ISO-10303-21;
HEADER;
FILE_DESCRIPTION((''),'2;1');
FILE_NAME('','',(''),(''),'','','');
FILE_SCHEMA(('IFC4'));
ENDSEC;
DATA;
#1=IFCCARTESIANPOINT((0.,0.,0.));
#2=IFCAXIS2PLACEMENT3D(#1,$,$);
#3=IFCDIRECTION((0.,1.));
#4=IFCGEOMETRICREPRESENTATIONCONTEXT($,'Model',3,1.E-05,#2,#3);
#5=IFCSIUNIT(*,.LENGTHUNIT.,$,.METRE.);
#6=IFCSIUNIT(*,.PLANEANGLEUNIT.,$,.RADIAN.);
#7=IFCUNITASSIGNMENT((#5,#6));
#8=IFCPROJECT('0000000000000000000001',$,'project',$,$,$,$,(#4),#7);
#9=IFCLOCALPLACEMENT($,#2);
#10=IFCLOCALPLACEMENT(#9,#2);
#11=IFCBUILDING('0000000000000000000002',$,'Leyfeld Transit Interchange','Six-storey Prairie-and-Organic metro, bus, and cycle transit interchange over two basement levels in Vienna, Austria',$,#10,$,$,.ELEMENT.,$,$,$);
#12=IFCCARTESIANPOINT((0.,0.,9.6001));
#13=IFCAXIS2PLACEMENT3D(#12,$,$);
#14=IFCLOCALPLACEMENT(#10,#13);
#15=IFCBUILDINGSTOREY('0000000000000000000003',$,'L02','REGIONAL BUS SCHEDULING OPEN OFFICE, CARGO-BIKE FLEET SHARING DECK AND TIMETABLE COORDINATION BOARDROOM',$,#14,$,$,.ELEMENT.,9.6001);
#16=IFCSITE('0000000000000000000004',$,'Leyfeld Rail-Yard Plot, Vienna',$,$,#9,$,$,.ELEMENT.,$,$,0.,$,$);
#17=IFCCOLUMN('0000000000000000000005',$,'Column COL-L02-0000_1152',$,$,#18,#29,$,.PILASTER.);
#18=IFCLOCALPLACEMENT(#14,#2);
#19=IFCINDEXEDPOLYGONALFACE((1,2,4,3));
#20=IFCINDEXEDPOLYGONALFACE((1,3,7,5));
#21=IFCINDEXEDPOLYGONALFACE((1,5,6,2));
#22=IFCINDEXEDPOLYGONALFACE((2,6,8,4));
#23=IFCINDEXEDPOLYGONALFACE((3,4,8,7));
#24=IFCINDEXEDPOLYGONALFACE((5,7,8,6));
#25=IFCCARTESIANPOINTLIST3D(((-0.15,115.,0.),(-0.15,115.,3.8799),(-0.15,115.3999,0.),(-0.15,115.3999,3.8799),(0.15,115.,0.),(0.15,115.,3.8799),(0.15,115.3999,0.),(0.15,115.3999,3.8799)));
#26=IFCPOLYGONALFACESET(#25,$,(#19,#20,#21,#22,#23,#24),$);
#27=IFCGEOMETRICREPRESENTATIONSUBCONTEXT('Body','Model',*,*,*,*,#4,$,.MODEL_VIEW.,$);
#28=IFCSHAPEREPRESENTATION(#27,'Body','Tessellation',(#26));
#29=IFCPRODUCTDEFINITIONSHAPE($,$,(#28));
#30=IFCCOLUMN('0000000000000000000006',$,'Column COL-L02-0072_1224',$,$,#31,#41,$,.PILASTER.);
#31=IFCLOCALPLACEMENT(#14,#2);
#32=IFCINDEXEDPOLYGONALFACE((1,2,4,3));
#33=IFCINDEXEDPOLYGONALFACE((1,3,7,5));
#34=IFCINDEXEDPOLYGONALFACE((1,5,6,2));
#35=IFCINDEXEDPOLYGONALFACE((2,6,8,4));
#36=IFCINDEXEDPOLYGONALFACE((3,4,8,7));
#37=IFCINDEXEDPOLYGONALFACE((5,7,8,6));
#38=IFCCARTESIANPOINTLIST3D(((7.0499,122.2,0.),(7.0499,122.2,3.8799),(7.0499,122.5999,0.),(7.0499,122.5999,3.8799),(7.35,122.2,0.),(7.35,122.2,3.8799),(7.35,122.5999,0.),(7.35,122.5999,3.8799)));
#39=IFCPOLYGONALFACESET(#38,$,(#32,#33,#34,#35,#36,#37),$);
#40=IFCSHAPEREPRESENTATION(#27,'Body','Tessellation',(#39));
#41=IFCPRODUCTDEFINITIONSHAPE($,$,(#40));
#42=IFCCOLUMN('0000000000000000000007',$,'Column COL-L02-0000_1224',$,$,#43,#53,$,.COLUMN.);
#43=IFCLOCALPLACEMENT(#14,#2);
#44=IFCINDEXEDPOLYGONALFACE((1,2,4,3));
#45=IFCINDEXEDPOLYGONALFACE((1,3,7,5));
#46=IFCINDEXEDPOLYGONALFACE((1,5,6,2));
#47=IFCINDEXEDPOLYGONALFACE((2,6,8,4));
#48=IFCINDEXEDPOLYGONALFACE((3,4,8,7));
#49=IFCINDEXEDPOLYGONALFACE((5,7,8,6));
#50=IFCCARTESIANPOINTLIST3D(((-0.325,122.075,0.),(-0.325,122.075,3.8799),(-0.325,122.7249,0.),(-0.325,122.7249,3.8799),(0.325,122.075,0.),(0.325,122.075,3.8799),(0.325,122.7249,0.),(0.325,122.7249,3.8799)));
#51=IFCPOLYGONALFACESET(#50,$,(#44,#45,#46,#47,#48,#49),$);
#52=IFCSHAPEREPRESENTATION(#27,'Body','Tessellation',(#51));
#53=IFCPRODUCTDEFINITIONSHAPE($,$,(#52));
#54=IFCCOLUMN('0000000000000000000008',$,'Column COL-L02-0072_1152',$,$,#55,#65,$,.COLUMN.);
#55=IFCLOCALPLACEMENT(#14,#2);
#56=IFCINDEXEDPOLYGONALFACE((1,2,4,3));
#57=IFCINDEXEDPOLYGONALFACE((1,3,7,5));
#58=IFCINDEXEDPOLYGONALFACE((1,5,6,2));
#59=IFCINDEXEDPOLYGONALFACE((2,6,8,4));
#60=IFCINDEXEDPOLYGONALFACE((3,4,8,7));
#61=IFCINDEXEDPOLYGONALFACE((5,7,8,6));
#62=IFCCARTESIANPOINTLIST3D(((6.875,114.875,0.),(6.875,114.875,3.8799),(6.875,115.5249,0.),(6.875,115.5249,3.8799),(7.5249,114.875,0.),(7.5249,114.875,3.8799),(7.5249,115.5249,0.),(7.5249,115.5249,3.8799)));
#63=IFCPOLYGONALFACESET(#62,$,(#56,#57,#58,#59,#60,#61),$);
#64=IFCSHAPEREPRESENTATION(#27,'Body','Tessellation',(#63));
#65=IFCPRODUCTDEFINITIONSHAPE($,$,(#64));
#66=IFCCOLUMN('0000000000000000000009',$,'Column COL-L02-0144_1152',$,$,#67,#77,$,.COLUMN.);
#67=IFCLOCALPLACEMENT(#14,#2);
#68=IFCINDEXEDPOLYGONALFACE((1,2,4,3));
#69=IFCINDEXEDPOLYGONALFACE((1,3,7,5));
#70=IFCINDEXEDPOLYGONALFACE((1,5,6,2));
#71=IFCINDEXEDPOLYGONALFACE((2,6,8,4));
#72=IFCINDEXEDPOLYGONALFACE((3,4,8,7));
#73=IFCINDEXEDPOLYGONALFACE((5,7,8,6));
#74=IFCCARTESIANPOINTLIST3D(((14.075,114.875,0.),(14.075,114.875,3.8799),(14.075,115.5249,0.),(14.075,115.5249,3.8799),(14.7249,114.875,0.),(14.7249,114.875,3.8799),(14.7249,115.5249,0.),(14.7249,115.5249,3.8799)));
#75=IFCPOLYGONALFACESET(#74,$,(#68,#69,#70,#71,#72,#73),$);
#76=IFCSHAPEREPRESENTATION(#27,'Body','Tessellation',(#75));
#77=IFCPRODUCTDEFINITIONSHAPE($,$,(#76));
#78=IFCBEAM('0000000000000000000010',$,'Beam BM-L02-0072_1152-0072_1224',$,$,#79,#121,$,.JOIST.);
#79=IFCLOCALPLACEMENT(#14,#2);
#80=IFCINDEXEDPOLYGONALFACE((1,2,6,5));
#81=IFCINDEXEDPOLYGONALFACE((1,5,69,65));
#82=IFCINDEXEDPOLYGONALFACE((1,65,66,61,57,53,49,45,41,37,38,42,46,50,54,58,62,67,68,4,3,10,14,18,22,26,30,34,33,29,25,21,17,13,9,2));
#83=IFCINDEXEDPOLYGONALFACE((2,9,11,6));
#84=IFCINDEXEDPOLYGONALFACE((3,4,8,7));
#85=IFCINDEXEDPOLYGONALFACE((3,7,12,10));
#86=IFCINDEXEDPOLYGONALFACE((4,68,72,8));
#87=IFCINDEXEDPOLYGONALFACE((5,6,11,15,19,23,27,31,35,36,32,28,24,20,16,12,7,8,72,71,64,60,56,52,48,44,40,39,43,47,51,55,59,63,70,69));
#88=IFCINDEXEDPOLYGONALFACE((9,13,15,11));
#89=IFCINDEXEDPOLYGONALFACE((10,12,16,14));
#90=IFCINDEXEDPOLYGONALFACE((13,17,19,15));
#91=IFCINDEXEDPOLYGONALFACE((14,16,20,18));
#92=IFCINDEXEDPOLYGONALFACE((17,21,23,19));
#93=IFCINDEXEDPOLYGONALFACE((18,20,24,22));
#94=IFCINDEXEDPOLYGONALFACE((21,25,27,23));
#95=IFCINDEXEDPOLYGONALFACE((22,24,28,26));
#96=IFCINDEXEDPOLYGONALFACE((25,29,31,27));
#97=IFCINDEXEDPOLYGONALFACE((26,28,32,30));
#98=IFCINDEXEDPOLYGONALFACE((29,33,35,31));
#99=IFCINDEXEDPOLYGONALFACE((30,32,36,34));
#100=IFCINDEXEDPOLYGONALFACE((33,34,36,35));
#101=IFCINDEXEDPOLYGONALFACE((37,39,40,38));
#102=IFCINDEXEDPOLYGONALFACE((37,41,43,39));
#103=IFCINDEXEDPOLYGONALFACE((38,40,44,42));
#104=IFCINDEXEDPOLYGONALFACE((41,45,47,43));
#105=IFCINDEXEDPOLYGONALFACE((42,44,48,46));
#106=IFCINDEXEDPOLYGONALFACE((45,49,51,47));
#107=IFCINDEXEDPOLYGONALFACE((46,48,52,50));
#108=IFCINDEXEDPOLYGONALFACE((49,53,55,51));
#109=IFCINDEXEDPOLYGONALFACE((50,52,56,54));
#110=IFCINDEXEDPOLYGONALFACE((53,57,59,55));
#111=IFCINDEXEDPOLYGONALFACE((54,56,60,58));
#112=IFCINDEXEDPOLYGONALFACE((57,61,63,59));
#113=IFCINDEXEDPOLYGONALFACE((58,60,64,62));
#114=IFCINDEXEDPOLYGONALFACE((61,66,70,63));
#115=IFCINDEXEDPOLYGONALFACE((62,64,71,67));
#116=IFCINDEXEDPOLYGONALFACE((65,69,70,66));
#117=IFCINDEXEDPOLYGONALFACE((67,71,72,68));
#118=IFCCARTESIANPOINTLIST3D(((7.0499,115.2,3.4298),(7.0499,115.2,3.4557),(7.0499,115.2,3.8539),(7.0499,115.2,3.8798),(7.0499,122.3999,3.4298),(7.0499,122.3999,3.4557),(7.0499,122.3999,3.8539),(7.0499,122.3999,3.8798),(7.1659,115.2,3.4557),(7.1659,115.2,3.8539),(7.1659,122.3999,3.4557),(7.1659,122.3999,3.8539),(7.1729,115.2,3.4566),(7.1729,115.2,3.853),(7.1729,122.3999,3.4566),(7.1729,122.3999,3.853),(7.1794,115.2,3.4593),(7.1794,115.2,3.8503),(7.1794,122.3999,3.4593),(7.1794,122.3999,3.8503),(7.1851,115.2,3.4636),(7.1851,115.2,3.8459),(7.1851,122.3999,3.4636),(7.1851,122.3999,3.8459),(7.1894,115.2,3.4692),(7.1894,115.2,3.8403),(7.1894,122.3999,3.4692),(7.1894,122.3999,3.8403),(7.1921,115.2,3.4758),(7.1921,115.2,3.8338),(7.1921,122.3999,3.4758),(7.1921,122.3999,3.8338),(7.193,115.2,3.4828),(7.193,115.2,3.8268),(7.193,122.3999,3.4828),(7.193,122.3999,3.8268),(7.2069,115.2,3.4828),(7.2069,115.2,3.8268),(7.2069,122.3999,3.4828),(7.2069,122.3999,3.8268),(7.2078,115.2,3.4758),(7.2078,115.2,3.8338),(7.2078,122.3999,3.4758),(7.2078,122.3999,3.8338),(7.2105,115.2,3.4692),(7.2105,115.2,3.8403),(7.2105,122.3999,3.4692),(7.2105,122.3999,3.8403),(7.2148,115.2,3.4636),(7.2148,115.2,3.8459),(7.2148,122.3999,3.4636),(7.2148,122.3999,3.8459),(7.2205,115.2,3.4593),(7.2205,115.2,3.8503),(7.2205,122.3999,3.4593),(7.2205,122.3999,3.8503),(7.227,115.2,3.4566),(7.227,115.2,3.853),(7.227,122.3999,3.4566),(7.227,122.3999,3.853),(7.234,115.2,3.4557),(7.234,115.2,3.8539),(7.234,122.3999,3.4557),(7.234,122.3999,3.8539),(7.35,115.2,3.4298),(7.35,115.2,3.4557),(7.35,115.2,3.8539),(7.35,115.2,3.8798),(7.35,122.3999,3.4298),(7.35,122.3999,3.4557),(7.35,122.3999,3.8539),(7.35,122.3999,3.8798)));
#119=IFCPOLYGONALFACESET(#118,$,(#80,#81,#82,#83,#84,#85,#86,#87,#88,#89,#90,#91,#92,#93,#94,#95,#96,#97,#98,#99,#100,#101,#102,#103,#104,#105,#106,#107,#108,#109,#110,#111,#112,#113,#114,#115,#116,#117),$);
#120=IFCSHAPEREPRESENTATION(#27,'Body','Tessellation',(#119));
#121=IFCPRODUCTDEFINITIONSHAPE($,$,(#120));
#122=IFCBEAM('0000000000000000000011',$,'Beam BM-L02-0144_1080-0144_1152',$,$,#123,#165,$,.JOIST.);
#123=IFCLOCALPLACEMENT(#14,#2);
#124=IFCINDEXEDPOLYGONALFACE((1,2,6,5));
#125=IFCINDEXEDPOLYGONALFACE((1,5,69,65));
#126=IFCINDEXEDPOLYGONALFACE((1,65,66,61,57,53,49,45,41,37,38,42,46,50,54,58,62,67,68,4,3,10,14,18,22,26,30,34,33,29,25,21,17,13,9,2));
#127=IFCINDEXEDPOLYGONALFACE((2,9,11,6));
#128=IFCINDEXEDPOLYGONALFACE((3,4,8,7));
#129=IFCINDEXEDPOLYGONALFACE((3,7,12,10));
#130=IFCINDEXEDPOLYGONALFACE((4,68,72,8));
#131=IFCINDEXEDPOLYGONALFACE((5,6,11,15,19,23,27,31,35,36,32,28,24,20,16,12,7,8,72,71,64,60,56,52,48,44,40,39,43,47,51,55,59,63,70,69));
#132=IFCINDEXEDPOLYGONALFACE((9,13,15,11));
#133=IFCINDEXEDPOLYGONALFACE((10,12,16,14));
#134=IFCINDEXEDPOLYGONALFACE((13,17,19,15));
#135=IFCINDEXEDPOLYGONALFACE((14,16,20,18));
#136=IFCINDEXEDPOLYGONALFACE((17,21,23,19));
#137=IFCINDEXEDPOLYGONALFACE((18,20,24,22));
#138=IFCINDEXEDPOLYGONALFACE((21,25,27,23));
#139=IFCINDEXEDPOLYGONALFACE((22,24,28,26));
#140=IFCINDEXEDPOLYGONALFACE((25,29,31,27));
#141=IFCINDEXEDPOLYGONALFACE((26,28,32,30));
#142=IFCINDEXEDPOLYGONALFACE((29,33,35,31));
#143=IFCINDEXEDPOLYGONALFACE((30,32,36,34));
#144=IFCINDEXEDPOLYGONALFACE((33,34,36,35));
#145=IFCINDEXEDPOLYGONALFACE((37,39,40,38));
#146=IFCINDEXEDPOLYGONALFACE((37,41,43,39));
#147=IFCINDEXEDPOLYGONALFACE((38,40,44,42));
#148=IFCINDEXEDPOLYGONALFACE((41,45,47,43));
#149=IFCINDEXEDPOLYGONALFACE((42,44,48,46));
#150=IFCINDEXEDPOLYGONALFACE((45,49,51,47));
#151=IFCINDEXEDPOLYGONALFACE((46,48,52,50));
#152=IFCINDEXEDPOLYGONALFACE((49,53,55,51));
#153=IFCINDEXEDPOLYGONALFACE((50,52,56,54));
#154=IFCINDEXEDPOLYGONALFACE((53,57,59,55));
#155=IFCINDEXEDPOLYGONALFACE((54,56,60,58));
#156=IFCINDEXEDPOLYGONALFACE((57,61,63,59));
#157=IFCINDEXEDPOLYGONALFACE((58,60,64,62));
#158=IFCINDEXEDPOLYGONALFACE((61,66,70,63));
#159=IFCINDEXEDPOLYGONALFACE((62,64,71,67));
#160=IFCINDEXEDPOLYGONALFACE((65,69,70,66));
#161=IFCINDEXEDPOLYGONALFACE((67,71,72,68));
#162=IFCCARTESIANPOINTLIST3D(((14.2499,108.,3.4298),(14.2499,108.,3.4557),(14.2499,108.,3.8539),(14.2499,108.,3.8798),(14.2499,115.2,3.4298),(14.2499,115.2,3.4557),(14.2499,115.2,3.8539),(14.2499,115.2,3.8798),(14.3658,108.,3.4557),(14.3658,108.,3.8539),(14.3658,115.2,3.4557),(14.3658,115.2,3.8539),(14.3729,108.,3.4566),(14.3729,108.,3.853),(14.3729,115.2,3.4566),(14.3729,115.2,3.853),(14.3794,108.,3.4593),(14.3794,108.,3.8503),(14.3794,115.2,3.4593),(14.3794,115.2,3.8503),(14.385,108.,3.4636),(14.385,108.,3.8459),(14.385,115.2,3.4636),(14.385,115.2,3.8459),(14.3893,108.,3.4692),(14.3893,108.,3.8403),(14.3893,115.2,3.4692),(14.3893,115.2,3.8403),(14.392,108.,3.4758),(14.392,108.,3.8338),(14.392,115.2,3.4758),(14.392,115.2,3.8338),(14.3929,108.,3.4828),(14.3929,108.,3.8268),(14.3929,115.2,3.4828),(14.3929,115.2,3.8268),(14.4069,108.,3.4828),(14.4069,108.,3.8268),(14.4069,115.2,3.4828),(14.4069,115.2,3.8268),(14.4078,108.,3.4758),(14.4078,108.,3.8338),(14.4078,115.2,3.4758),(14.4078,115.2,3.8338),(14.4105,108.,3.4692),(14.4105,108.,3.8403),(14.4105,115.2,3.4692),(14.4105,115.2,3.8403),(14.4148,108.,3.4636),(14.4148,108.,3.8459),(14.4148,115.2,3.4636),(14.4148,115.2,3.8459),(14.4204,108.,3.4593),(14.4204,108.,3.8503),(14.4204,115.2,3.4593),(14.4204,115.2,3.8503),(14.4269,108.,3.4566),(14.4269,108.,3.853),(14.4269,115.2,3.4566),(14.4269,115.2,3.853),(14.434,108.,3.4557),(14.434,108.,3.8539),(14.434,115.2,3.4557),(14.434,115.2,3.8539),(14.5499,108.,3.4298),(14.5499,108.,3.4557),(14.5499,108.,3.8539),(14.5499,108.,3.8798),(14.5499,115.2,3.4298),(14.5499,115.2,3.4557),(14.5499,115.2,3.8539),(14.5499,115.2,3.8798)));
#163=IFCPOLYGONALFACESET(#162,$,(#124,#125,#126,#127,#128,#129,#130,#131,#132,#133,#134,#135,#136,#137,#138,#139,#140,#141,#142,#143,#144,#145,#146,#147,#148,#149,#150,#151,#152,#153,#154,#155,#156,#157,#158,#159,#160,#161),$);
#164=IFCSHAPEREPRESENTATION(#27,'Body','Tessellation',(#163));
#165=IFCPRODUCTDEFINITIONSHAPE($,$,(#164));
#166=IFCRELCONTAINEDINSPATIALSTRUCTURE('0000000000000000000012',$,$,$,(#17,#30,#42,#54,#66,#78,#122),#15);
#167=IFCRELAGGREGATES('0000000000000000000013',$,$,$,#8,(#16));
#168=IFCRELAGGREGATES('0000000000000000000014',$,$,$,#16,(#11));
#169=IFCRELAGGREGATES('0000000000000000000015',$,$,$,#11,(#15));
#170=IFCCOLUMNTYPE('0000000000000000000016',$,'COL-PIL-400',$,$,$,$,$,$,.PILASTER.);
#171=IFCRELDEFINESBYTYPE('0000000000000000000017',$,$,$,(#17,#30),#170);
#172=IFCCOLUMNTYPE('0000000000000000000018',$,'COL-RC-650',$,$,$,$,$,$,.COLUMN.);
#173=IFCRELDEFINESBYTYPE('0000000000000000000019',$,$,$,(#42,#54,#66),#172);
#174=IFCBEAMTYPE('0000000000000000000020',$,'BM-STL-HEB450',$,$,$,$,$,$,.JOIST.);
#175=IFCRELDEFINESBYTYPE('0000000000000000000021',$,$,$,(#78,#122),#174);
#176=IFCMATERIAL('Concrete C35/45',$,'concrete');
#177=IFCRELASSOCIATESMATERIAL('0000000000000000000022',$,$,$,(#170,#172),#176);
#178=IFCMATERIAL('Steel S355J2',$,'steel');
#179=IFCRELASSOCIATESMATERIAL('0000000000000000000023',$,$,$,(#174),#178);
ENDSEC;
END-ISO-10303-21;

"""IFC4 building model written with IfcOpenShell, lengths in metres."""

from ifc_helpers import new_model, si_unit, direction, frame, origin, origin_2d, place, context, subcontext, project, spatial, rectangle, i_section, extrude, material, material_profile, profile_set, type_object, element, save


model = new_model("IFC4")

# Units and contexts
model_context = context("Model", 3, precision=1e-05, world=origin(), true_north=direction((0.0, 1.0)))
body_context = subcontext(model_context, "Body", "Model", "MODEL_VIEW")
ifc_project = project(units=[si_unit("LENGTHUNIT", "METRE"), si_unit("PLANEANGLEUNIT", "RADIAN")], contexts=[model_context])

# Site, building, storey
site_placement = place(None, origin())
site = spatial("IfcSite", under=ifc_project, at=site_placement, Name="Leyfeld Rail-Yard Plot, Vienna", CompositionType="ELEMENT", RefElevation=0.0)
building_placement = place(site_placement, origin())
building = spatial("IfcBuilding", under=site, at=building_placement, Name="Leyfeld Transit Interchange", Description="Six-storey Prairie-and-Organic metro, bus, and cycle transit interchange over two basement levels in Vienna, Austria", CompositionType="ELEMENT")
storey_placement = place(building_placement, frame((0.0, 0.0, 9.6001)))
storey = spatial("IfcBuildingStorey", under=building, at=storey_placement, Name="L02", Description="REGIONAL BUS SCHEDULING OPEN OFFICE, CARGO-BIKE FLEET SHARING DECK AND TIMETABLE COORDINATION BOARDROOM", CompositionType="ELEMENT", Elevation=9.6001)

# Columns
ifc_material_1 = material(Name="Concrete C35/45", Category="concrete")
ifc_material_profile_1 = material_profile(ifc_material_1, rectangle(XDim=0.3, YDim=0.3999, at=origin_2d()), Name="RC 400x300")
ifc_profile_set_1 = profile_set([ifc_material_profile_1], Name="Concrete C35/45")
column_type_1 = type_object("IfcColumnType", Name="COL-PIL-400", PredefinedType="PILASTER", material=ifc_profile_set_1)
for number, where, z_axis, x_axis, name in (
    (1, (0.0, 115.2, 0.0), (0.0, 0.0, 1.0), (1.0, 0.0, 0.0), "Column COL-L02-0000_1152"),
    (2, (7.2, 122.3999, 0.0), (0.0, 0.0, 1.0), (1.0, 0.0, 0.0), "Column COL-L02-0072_1224"),
):
    element("IfcColumn", number, at=place(storey_placement, frame(where, z_axis=z_axis, x_axis=x_axis)), inside=storey, type_object=column_type_1, Name=name, PredefinedType="PILASTER", context=body_context, shape_type="SweptSolid", body=[
        extrude(rectangle(XDim=0.3, YDim=0.3999, at=origin_2d()), origin(), (0.0, 0.0, 1.0), 3.8799),
    ])
ifc_material_profile_2 = material_profile(ifc_material_1, rectangle(XDim=0.6499, YDim=0.6499, at=origin_2d()), Name="RC 650x650")
ifc_profile_set_2 = profile_set([ifc_material_profile_2], Name="Concrete C35/45")
column_type_2 = type_object("IfcColumnType", Name="COL-RC-650", PredefinedType="COLUMN", material=ifc_profile_set_2)
for number, where, z_axis, x_axis, name in (
    (3, (0.0, 122.3999, 0.0), (0.0, 0.0, 1.0), (1.0, 0.0, 0.0), "Column COL-L02-0000_1224"),
    (4, (7.2, 115.2, 0.0), (0.0, 0.0, 1.0), (1.0, 0.0, 0.0), "Column COL-L02-0072_1152"),
    (5, (14.3999, 115.2, 0.0), (0.0, 0.0, 1.0), (1.0, 0.0, 0.0), "Column COL-L02-0144_1152"),
):
    element("IfcColumn", number, at=place(storey_placement, frame(where, z_axis=z_axis, x_axis=x_axis)), inside=storey, type_object=column_type_2, Name=name, PredefinedType="COLUMN", context=body_context, shape_type="SweptSolid", body=[
        extrude(rectangle(XDim=0.6499, YDim=0.6499, at=origin_2d()), origin(), (0.0, 0.0, 1.0), 3.8799),
    ])

# Beams
ifc_material_2 = material(Name="Steel S355J2", Category="steel")
ifc_material_profile_3 = material_profile(ifc_material_2, i_section(OverallWidth=0.3, OverallDepth=0.45, WebThickness=0.0139, FlangeThickness=0.0259, FilletRadius=0.0271, at=origin_2d()), Name="HEB 450")
ifc_profile_set_3 = profile_set([ifc_material_profile_3], Name="Steel S355J2")
beam_type_1 = type_object("IfcBeamType", Name="BM-STL-HEB450", PredefinedType="JOIST", material=ifc_profile_set_3)
for number, where, z_axis, x_axis, name in (
    (6, (7.2, 115.2, 3.6548), (0.0, 1.0, 0.0), (-1.0, 0.0, 0.0), "Beam BM-L02-0072_1152-0072_1224"),
    (7, (14.3999, 108.0, 3.6548), (0.0, 1.0, 0.0), (-1.0, 0.0, 0.0), "Beam BM-L02-0144_1080-0144_1152"),
):
    element("IfcBeam", number, at=place(storey_placement, frame(where, z_axis=z_axis, x_axis=x_axis)), inside=storey, type_object=beam_type_1, Name=name, PredefinedType="JOIST", context=body_context, shape_type="SweptSolid", body=[
        extrude(i_section(OverallWidth=0.3, OverallDepth=0.45, WebThickness=0.0139, FlangeThickness=0.0259, FilletRadius=0.0271, at=origin_2d()), origin(), (0.0, 0.0, 1.0), 7.2),
    ])

save(model, "model.ifc")
